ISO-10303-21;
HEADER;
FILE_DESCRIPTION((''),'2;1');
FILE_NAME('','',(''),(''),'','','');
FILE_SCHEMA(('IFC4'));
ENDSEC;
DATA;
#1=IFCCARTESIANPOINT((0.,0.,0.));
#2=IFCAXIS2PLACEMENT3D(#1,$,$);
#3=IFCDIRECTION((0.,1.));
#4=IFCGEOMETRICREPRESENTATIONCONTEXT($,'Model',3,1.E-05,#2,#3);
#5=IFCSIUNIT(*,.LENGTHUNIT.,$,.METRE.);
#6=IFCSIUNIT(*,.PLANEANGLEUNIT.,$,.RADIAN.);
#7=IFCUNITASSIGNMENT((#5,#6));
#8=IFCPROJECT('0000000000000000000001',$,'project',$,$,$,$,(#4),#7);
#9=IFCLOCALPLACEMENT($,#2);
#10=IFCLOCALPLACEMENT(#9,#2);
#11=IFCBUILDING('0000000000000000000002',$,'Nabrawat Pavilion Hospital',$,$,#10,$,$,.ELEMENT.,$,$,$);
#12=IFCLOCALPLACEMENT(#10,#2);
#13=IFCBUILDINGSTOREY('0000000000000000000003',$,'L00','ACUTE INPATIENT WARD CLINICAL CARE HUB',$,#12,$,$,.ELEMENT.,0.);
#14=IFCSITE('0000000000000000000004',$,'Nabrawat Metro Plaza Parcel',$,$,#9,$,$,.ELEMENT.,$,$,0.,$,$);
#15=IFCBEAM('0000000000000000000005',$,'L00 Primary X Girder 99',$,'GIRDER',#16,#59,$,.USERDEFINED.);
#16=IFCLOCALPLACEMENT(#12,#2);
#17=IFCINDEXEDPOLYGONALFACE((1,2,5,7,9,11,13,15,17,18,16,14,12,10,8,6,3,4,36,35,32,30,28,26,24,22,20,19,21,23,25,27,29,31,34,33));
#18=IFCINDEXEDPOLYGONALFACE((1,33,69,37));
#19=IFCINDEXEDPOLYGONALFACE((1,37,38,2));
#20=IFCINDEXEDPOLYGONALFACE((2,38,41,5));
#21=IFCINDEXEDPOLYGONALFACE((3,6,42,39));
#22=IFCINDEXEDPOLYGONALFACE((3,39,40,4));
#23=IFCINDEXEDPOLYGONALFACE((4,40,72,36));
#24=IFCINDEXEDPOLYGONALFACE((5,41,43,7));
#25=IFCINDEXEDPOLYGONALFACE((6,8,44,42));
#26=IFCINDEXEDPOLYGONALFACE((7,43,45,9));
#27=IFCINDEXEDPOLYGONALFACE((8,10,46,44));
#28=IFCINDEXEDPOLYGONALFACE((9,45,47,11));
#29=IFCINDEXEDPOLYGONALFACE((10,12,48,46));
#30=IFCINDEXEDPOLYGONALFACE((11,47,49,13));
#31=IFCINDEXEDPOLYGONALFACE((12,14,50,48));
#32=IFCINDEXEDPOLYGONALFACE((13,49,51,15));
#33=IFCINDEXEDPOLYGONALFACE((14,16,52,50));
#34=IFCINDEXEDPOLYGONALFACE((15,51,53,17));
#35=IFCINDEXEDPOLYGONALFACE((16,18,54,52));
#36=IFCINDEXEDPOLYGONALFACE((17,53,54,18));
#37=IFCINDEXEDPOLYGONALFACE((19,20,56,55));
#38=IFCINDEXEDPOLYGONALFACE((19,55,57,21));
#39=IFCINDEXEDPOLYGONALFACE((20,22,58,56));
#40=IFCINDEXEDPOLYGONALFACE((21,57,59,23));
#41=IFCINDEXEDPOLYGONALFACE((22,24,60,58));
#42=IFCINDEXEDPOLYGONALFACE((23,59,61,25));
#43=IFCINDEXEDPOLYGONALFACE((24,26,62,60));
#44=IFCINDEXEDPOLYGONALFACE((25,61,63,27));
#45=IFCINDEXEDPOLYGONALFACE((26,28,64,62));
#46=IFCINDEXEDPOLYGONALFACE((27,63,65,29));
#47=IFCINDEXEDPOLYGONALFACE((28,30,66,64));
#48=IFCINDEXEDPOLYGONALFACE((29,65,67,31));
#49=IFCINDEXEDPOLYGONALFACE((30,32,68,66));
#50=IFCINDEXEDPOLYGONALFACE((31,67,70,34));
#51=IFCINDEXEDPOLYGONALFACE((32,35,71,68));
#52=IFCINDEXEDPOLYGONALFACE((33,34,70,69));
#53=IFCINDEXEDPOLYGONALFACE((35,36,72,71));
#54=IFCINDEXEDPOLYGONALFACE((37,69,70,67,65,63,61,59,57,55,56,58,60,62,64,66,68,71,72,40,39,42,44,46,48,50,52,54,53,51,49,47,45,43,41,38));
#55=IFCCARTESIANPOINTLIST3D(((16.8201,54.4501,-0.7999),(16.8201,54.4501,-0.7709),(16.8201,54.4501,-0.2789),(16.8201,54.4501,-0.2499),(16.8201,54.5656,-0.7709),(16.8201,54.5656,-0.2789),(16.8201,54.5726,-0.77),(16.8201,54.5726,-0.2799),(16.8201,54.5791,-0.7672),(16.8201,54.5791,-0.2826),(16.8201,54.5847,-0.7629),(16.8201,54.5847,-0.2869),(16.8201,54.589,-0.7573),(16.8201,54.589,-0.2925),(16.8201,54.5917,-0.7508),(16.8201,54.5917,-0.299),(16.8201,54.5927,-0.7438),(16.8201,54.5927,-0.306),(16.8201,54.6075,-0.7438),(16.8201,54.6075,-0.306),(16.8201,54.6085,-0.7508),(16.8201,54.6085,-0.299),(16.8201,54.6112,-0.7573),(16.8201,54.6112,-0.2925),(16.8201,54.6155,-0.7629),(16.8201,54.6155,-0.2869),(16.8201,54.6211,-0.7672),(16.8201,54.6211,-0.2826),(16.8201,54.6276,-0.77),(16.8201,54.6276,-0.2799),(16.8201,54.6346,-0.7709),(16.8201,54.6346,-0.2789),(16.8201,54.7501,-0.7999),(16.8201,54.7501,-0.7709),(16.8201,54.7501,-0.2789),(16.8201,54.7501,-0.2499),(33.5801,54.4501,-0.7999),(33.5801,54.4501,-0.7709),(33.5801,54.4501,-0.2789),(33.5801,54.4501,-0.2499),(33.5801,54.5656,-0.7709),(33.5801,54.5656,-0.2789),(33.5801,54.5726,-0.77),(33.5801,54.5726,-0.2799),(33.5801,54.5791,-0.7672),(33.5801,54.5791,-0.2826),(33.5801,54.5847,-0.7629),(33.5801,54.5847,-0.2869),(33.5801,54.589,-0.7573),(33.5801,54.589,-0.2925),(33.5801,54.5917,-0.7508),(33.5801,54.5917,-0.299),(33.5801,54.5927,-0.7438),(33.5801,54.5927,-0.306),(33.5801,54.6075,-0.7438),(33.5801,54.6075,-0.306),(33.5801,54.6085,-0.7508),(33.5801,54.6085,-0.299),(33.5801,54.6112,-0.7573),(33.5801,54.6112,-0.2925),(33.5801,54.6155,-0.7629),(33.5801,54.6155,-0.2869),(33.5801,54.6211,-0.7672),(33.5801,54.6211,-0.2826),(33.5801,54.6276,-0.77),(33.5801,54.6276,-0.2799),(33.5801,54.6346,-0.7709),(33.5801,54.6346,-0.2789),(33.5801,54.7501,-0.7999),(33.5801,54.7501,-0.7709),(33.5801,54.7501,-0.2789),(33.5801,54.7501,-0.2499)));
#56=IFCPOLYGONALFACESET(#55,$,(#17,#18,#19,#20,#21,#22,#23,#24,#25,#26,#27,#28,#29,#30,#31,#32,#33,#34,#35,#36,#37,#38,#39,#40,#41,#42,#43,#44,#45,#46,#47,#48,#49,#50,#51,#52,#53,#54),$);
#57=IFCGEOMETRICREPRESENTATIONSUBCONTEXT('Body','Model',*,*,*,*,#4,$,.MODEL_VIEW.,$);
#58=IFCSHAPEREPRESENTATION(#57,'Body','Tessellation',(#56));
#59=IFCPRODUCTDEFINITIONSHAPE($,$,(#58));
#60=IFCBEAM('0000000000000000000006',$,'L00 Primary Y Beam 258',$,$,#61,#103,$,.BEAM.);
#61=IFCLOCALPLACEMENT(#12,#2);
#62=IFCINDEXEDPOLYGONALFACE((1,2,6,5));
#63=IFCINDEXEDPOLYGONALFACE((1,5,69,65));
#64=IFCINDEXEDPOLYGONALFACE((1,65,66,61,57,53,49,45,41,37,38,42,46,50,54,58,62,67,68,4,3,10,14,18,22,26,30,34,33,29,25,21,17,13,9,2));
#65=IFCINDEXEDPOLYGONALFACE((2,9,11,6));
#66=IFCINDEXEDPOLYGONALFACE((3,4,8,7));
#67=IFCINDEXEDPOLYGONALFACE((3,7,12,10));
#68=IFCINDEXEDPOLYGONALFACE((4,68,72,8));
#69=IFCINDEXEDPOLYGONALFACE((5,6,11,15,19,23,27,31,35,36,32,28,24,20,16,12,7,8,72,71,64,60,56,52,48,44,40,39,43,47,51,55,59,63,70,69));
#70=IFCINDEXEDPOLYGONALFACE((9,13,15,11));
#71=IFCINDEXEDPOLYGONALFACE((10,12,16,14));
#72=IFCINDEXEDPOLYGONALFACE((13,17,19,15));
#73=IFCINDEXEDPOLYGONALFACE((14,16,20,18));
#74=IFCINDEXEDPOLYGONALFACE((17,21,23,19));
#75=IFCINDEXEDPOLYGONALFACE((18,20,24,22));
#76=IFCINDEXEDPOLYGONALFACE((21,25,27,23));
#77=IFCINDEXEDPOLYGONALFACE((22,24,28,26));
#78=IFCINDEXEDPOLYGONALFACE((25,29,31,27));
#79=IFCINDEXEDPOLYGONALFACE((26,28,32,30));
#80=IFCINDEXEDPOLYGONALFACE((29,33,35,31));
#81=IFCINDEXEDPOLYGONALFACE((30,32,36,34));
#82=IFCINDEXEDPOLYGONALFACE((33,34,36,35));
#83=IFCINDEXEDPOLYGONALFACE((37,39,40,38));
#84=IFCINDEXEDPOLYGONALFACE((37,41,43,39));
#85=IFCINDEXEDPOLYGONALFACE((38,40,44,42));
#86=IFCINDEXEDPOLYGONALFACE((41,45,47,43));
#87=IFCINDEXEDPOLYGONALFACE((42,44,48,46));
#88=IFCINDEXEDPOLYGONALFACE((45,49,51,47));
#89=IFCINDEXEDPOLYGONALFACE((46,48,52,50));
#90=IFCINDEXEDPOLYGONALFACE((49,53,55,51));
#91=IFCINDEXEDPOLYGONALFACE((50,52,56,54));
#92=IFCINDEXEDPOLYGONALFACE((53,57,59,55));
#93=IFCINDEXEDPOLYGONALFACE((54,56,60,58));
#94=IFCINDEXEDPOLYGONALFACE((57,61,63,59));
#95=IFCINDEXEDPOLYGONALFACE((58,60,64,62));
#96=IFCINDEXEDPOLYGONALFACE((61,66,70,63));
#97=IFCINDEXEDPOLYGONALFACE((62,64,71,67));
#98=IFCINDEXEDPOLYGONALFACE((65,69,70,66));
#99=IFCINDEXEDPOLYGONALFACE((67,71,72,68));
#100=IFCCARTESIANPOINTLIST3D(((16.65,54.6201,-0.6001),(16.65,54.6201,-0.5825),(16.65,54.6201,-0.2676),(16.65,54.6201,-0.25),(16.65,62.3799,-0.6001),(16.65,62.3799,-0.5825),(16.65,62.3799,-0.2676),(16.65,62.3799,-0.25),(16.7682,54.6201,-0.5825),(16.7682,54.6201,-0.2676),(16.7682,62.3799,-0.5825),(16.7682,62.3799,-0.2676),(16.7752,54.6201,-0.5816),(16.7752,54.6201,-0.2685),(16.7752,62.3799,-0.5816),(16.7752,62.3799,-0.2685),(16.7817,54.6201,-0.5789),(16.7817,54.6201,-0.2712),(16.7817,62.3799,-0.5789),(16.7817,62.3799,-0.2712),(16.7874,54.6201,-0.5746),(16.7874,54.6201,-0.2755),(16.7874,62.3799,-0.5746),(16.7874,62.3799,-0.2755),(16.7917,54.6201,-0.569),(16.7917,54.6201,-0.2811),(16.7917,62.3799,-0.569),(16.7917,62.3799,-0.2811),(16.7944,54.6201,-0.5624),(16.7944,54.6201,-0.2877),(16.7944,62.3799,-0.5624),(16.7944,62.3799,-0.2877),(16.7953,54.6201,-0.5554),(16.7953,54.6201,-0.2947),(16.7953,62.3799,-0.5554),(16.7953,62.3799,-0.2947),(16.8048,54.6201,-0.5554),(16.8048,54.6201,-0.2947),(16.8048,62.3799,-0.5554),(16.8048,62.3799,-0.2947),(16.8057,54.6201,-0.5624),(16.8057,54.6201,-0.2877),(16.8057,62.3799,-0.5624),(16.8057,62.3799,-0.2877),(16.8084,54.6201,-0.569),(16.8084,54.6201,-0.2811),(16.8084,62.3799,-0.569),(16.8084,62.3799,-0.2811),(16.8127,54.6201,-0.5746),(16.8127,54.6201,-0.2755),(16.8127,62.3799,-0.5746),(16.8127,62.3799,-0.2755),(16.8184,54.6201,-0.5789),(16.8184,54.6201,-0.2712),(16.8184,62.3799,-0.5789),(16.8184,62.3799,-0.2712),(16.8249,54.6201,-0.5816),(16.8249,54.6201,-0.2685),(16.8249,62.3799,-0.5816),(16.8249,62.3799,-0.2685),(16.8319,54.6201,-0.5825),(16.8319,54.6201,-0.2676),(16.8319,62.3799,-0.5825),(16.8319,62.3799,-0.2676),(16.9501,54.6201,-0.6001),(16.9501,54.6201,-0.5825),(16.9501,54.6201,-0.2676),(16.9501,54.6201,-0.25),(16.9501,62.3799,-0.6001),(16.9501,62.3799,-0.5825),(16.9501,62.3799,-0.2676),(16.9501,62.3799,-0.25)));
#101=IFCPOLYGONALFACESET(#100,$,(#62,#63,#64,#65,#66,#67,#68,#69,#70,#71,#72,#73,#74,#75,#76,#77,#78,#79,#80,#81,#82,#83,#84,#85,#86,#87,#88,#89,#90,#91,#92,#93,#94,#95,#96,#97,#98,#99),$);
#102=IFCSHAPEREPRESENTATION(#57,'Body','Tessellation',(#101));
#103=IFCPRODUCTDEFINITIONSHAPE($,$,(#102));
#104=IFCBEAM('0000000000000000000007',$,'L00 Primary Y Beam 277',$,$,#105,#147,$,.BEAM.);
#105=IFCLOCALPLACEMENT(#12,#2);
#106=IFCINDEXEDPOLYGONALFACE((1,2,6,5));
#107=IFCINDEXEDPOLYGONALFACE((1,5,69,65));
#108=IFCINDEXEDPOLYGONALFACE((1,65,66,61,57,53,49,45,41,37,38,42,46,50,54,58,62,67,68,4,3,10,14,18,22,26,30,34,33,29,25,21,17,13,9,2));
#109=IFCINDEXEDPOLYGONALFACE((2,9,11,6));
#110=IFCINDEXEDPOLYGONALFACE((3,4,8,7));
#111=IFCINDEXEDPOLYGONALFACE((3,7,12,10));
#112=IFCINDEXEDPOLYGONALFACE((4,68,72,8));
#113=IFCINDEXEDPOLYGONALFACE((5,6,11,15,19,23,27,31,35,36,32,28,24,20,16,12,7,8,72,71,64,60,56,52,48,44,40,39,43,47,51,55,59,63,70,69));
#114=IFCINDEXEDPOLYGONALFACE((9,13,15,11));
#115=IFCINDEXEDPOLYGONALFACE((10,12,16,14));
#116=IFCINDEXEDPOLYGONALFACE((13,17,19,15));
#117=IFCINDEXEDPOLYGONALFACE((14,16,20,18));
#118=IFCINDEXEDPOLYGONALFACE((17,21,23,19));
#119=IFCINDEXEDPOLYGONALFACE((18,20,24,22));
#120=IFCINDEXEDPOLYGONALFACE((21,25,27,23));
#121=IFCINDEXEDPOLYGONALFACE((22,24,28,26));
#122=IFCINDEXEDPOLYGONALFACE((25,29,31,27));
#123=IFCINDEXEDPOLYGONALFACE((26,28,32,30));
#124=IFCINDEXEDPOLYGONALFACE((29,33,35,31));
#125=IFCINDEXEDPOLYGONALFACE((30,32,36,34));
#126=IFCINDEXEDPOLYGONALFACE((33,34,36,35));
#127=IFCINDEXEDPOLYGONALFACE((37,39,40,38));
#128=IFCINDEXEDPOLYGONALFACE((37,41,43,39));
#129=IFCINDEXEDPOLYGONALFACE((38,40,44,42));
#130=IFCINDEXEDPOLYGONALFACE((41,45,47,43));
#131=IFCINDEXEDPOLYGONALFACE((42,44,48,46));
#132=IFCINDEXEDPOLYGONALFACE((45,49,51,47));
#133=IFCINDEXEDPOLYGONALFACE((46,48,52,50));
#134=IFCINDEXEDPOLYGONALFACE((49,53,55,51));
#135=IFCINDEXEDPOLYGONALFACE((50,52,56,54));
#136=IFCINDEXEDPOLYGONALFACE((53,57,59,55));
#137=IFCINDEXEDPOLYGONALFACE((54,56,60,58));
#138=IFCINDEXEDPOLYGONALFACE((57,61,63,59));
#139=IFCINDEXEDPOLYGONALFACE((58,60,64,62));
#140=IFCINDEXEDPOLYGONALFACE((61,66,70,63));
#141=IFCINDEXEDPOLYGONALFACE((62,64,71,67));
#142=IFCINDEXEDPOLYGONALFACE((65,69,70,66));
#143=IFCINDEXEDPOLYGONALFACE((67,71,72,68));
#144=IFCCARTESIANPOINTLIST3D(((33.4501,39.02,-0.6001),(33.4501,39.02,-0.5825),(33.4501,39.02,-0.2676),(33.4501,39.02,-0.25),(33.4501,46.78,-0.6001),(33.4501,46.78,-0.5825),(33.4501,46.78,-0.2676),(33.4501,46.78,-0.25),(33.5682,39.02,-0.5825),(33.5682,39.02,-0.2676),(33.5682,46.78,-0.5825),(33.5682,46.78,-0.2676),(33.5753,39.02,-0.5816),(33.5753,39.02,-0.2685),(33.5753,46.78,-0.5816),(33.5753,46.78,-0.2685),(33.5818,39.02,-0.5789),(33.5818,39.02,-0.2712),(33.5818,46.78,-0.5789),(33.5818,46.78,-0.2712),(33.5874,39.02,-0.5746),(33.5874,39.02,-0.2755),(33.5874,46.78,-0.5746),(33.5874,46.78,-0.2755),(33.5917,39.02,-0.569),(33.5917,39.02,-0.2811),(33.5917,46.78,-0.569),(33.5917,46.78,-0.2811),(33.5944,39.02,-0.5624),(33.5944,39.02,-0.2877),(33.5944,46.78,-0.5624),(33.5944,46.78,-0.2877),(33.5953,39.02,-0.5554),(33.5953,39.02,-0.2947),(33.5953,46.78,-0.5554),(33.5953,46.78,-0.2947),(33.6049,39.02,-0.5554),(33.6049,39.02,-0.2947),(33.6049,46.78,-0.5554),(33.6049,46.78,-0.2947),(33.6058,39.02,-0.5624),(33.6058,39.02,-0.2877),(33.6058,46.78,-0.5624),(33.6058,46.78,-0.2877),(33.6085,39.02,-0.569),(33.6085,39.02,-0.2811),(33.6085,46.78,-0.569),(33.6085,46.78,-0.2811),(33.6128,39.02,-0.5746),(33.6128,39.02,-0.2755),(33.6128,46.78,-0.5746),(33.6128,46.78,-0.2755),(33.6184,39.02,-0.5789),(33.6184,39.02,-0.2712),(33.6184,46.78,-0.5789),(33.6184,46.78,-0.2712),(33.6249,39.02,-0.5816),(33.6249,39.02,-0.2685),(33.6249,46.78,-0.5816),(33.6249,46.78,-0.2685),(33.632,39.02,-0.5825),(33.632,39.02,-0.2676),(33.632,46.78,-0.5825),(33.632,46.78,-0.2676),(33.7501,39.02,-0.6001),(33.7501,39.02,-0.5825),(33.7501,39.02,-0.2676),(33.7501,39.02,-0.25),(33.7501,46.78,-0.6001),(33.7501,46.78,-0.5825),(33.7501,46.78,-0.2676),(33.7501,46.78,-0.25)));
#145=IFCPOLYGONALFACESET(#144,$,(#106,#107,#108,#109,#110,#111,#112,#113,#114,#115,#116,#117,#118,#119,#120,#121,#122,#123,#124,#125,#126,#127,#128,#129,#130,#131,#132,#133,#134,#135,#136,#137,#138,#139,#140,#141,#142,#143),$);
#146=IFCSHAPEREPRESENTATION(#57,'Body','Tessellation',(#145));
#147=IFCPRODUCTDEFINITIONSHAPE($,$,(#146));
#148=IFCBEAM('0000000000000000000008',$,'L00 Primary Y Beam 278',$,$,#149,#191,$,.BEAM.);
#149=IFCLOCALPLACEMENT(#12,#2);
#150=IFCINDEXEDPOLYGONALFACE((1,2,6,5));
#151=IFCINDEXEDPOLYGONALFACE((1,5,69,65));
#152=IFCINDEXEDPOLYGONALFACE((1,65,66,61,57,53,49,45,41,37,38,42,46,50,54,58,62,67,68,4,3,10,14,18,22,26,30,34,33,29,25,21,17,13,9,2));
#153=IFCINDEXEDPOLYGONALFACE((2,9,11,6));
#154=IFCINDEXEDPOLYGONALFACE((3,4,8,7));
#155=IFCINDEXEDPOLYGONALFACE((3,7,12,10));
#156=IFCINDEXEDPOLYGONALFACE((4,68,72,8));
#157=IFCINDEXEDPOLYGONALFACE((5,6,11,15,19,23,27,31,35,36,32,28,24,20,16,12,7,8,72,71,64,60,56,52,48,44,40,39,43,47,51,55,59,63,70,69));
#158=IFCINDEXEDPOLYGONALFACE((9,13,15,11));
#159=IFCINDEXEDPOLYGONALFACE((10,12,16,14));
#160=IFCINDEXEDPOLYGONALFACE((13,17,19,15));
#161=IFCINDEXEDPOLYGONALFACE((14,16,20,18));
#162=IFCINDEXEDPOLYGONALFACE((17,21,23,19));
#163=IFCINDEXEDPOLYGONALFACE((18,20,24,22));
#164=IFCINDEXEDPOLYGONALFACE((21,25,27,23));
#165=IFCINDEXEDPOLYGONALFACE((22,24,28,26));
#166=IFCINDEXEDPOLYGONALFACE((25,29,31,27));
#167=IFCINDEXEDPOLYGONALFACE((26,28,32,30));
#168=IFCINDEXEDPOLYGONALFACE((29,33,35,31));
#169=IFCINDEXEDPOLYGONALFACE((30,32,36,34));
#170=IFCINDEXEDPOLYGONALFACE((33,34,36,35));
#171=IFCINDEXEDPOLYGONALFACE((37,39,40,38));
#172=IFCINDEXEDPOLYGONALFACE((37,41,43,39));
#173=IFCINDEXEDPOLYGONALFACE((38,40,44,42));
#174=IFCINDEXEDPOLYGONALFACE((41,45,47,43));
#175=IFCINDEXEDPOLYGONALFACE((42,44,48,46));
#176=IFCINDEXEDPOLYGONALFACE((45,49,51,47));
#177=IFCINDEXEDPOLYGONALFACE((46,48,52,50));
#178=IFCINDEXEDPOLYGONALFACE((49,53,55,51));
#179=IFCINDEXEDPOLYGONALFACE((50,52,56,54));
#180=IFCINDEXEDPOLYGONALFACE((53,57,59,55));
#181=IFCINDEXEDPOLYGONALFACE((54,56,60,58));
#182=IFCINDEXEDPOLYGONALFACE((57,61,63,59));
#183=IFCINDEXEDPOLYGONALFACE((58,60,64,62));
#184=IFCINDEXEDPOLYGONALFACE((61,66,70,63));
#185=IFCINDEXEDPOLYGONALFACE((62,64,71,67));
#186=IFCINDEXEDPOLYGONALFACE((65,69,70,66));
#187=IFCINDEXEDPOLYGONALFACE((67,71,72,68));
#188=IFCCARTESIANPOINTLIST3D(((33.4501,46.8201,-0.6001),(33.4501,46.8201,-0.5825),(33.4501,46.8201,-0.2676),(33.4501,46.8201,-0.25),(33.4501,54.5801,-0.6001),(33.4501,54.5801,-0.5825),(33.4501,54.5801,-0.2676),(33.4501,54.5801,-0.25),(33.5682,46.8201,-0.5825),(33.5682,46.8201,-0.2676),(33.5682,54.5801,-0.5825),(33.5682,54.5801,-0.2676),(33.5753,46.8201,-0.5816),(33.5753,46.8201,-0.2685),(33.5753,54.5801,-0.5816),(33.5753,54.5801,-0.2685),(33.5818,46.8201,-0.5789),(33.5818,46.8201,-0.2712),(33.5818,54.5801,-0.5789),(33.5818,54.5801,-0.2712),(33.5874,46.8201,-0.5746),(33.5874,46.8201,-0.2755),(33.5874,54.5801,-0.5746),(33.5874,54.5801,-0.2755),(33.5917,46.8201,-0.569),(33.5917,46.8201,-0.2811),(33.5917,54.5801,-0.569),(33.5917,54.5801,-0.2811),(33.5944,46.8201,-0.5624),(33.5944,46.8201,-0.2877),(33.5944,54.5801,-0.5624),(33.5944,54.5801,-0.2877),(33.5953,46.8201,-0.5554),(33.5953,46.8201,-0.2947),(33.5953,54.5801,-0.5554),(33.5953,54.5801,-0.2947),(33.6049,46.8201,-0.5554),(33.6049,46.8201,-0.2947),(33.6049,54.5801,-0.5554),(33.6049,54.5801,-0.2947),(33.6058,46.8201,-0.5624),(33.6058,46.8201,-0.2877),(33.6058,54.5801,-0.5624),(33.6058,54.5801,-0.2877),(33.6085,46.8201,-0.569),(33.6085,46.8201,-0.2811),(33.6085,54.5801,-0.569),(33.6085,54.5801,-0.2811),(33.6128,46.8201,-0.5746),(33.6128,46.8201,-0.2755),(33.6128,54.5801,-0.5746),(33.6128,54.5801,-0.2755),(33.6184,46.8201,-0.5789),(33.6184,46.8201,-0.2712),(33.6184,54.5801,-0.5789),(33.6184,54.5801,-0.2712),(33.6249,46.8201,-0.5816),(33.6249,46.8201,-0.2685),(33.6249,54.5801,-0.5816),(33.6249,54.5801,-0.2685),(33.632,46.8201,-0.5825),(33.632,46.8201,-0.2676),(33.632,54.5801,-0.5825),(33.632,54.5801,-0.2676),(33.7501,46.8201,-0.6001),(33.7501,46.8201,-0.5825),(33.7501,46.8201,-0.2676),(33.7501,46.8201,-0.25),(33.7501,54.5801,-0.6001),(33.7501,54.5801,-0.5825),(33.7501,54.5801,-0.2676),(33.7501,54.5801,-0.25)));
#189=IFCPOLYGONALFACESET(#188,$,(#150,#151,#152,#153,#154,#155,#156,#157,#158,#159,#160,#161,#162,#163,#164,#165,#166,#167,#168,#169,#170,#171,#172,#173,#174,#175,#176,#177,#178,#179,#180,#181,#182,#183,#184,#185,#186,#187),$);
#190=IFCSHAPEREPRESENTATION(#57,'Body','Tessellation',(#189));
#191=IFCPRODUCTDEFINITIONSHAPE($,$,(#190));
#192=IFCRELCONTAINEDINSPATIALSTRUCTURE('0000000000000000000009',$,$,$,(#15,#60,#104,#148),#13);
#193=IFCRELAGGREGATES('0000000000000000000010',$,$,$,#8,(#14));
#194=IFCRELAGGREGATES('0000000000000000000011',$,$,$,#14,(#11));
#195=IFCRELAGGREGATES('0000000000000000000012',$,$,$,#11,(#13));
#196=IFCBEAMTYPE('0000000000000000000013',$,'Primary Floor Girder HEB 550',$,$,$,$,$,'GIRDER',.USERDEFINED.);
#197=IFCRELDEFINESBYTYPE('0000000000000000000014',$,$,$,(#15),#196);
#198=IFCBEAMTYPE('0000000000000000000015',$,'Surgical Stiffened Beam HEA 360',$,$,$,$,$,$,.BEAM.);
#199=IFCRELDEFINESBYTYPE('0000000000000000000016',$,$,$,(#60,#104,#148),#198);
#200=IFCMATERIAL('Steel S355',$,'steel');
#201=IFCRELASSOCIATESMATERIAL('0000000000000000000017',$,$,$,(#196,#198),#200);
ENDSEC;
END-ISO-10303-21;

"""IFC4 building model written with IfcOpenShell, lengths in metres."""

from ifc_helpers import new_model, si_unit, direction, frame, origin, origin_2d, place, context, subcontext, project, spatial, i_section, extrude, material, material_profile, profile_set, type_object, element, save


model = new_model("IFC4")

# Units and contexts
model_context = context("Model", 3, precision=1e-05, world=origin(), true_north=direction((0.0, 1.0)))
body_context = subcontext(model_context, "Body", "Model", "MODEL_VIEW")
ifc_project = project(units=[si_unit("LENGTHUNIT", "METRE"), si_unit("PLANEANGLEUNIT", "RADIAN")], contexts=[model_context])

# Site, building, storey
site_placement = place(None, origin())
site = spatial("IfcSite", under=ifc_project, at=site_placement, Name="Nabrawat Metro Plaza Parcel", CompositionType="ELEMENT", RefElevation=0.0)
building_placement = place(site_placement, origin())
building = spatial("IfcBuilding", under=site, at=building_placement, Name="Nabrawat Pavilion Hospital", CompositionType="ELEMENT")
storey_placement = place(building_placement, origin())
storey = spatial("IfcBuildingStorey", under=building, at=storey_placement, Name="L00", Description="ACUTE INPATIENT WARD CLINICAL CARE HUB", CompositionType="ELEMENT", Elevation=0.0)

# Beams
ifc_material_1 = material(Name="Steel S355", Category="steel")
ifc_material_profile_1 = material_profile(ifc_material_1, i_section(OverallWidth=0.3, OverallDepth=0.55, WebThickness=0.0149, FlangeThickness=0.0291, FilletRadius=0.0271, at=origin_2d()), Name="HEB 550")
ifc_profile_set_1 = profile_set([ifc_material_profile_1], Name="Steel S355")
beam_type_1 = type_object("IfcBeamType", Name="Primary Floor Girder HEB 550", ElementType="GIRDER", PredefinedType="USERDEFINED", material=ifc_profile_set_1)
for number, where, z_axis, x_axis, name in (
    (1, (16.8201, 54.6001, -0.5249), (1.0, 0.0, 0.0), (0.0, 1.0, 0.0), "L00 Primary X Girder 99"),
):
    element("IfcBeam", number, at=place(storey_placement, frame(where, z_axis=z_axis, x_axis=x_axis)), inside=storey, type_object=beam_type_1, Name=name, ObjectType="GIRDER", PredefinedType="USERDEFINED", context=body_context, shape_type="SweptSolid", body=[
        extrude(i_section(OverallWidth=0.3, OverallDepth=0.55, WebThickness=0.0149, FlangeThickness=0.0291, FilletRadius=0.0271, at=origin_2d()), origin(), (0.0, 0.0, 1.0), 16.76),
    ])
ifc_material_profile_2 = material_profile(ifc_material_1, i_section(OverallWidth=0.3, OverallDepth=0.3501, WebThickness=0.0095, FlangeThickness=0.0176, FilletRadius=0.0271, at=origin_2d()), Name="HEA 360")
ifc_profile_set_2 = profile_set([ifc_material_profile_2], Name="Steel S355")
beam_type_2 = type_object("IfcBeamType", Name="Surgical Stiffened Beam HEA 360", PredefinedType="BEAM", material=ifc_profile_set_2)
beam_1_placement = place(storey_placement, frame((16.8, 54.6201, -0.425), z_axis=(0.0, 1.0, 0.0), x_axis=(-1.0, 0.0, 0.0)))
element("IfcBeam", 2, at=beam_1_placement, inside=storey, type_object=beam_type_2, Name="L00 Primary Y Beam 258", PredefinedType="BEAM", context=body_context, shape_type="SweptSolid", body=[
    extrude(i_section(OverallWidth=0.3, OverallDepth=0.3501, WebThickness=0.0095, FlangeThickness=0.0176, FilletRadius=0.0271, at=origin_2d()), origin(), (0.0, 0.0, 1.0), 7.7598),
])
for number, where, z_axis, x_axis, name in (
    (3, (33.6001, 39.02, -0.425), (0.0, 1.0, 0.0), (-1.0, 0.0, 0.0), "L00 Primary Y Beam 277"),
    (4, (33.6001, 46.8201, -0.425), (0.0, 1.0, 0.0), (-1.0, 0.0, 0.0), "L00 Primary Y Beam 278"),
):
    element("IfcBeam", number, at=place(storey_placement, frame(where, z_axis=z_axis, x_axis=x_axis)), inside=storey, type_object=beam_type_2, Name=name, PredefinedType="BEAM", context=body_context, shape_type="SweptSolid", body=[
        extrude(i_section(OverallWidth=0.3, OverallDepth=0.3501, WebThickness=0.0095, FlangeThickness=0.0176, FilletRadius=0.0271, at=origin_2d()), origin(), (0.0, 0.0, 1.0), 7.76),
    ])

save(model, "model.ifc")
